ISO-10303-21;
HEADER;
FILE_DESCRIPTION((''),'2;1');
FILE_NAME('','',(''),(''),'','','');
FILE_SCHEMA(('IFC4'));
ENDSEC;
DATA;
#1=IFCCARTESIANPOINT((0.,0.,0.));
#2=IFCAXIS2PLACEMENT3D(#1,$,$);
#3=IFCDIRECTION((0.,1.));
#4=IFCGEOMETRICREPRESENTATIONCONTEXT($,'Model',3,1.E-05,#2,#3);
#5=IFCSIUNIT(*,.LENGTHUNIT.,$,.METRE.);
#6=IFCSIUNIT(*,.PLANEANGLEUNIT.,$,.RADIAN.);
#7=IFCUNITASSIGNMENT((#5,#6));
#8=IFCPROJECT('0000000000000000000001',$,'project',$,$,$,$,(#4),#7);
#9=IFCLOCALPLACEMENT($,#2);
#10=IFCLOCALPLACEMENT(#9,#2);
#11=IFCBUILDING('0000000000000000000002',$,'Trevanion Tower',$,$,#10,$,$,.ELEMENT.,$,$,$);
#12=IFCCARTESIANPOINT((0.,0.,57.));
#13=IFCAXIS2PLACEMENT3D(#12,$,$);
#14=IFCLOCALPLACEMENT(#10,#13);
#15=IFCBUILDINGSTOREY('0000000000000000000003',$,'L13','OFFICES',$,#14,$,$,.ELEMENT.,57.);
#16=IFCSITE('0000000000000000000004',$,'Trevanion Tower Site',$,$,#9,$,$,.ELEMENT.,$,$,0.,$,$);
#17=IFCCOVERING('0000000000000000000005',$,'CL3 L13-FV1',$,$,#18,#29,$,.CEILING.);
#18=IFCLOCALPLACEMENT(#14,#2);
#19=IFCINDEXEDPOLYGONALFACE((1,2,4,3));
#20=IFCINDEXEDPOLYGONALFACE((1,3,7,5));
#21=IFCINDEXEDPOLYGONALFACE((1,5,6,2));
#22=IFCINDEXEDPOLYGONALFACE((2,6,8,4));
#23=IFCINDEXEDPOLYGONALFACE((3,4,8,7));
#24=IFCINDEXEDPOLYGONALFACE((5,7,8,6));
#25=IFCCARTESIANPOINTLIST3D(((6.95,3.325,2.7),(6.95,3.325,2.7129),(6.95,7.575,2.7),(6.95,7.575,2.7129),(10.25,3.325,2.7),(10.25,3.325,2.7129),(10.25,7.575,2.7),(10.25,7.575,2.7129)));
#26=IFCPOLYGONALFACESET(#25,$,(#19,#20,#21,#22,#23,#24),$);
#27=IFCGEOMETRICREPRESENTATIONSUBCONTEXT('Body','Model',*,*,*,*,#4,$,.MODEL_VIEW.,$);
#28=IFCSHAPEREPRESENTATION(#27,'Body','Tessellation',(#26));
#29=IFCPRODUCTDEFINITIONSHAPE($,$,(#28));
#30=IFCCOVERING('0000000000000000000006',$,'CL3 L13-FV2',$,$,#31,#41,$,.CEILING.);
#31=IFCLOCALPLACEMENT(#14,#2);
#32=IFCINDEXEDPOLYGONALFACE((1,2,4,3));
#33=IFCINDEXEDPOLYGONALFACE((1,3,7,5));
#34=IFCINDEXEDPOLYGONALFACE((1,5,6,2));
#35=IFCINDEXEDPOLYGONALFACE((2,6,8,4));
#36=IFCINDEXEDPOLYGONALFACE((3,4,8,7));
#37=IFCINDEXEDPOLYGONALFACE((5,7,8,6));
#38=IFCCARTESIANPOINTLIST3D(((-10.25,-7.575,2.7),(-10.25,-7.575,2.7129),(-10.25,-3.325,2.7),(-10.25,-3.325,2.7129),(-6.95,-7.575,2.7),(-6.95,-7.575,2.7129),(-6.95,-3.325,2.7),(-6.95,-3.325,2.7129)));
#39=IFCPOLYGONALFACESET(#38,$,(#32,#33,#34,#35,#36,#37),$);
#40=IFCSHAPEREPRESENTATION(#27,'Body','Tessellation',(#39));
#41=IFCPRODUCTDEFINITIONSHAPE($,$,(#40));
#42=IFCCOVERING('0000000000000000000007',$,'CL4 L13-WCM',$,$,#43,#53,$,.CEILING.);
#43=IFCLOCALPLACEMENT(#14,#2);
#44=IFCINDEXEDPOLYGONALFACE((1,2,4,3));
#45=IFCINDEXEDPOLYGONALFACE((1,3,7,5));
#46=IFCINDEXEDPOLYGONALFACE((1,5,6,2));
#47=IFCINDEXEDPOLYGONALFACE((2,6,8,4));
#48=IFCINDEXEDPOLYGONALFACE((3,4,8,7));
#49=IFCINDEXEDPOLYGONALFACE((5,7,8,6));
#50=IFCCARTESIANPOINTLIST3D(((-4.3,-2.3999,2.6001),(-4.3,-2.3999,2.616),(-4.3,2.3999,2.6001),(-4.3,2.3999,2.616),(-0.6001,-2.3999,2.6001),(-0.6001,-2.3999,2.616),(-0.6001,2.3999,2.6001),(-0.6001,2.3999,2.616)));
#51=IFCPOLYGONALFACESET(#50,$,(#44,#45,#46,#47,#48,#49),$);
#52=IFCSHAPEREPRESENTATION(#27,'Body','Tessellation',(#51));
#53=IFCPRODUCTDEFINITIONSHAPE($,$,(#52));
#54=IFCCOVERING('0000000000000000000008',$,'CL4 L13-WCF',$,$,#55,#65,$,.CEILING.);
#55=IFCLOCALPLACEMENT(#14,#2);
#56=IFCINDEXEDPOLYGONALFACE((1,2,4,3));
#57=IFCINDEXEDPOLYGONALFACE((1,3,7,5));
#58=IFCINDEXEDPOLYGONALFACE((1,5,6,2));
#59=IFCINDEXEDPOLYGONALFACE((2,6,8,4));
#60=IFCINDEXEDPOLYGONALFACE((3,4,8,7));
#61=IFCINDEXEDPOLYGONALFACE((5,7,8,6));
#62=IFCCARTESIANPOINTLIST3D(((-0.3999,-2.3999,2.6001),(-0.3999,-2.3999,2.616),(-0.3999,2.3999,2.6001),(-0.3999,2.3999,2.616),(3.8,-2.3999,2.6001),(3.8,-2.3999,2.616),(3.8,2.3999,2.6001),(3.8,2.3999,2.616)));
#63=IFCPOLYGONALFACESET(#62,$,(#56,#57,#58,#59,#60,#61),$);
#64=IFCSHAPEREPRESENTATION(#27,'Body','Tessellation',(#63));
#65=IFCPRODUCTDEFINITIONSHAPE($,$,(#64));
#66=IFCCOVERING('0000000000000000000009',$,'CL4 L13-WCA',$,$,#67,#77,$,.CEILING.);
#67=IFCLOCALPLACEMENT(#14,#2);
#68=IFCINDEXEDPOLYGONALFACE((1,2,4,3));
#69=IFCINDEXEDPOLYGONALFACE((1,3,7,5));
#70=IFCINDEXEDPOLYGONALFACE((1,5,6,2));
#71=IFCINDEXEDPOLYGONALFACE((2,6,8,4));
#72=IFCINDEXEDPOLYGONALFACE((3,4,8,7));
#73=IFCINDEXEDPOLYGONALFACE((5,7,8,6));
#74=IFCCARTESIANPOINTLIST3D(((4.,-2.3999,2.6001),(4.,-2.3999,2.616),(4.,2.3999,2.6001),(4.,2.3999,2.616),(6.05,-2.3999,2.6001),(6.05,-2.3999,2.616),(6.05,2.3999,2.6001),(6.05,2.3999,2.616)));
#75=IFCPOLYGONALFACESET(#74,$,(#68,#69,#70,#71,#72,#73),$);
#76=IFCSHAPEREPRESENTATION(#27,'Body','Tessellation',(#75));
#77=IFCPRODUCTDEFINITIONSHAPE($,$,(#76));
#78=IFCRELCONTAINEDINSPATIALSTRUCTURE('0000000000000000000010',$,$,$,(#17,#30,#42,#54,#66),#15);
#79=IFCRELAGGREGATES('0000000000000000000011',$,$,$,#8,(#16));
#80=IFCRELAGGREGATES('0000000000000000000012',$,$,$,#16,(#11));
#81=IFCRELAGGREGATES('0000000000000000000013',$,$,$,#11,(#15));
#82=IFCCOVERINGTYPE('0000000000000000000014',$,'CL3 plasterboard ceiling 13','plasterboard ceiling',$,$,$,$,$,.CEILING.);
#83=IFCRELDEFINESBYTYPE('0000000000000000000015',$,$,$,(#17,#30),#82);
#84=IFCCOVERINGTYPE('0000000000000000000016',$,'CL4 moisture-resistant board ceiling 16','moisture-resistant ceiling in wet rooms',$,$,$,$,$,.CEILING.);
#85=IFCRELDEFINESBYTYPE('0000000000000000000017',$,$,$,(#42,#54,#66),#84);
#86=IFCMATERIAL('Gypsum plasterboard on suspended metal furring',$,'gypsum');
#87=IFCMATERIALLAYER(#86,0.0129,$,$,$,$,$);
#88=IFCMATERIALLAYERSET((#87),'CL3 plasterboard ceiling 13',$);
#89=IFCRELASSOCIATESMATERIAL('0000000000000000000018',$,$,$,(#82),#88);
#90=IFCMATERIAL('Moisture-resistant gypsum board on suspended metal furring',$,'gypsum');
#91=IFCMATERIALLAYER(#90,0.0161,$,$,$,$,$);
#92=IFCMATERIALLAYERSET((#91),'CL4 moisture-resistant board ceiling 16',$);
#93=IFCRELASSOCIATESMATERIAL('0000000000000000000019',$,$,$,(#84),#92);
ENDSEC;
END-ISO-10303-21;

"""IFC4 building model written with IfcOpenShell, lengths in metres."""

from ifc_helpers import new_model, si_unit, direction, frame, origin, place, context, subcontext, project, spatial, polyline, outline, extrude, material, layer, layer_set, type_object, element, save


model = new_model("IFC4")

# Units and contexts
model_context = context("Model", 3, precision=1e-05, world=origin(), true_north=direction((0.0, 1.0)))
body_context = subcontext(model_context, "Body", "Model", "MODEL_VIEW")
ifc_project = project(units=[si_unit("LENGTHUNIT", "METRE"), si_unit("PLANEANGLEUNIT", "RADIAN")], contexts=[model_context])

# Site, building, storey
site_placement = place(None, origin())
site = spatial("IfcSite", under=ifc_project, at=site_placement, Name="Trevanion Tower Site", CompositionType="ELEMENT", RefElevation=0.0)
building_placement = place(site_placement, origin())
building = spatial("IfcBuilding", under=site, at=building_placement, Name="Trevanion Tower", CompositionType="ELEMENT")
storey_placement = place(building_placement, frame((0.0, 0.0, 57.0)))
storey = spatial("IfcBuildingStorey", under=building, at=storey_placement, Name="L13", Description="OFFICES", CompositionType="ELEMENT", Elevation=57.0)

# Coverings
ifc_material_1 = material(Name="Gypsum plasterboard on suspended metal furring", Category="gypsum")
ifc_layer_1 = layer(ifc_material_1, 0.0129)
ifc_layer_set_1 = layer_set([ifc_layer_1], Name="CL3 plasterboard ceiling 13")
covering_type_1 = type_object("IfcCoveringType", Name="CL3 plasterboard ceiling 13", Description="plasterboard ceiling", PredefinedType="CEILING", material=ifc_layer_set_1)
covering_1_placement = place(storey_placement, frame((0.0, 0.0, 2.7)))
element("IfcCovering", 1, at=covering_1_placement, inside=storey, type_object=covering_type_1, Name="CL3 L13-FV1", PredefinedType="CEILING", context=body_context, shape_type="SweptSolid", body=[
    extrude(outline(polyline([(10.25, 3.325), (10.25, 7.575), (6.95, 7.575), (6.95, 3.325), (10.25, 3.325)])), origin(), (0.0, 0.0, 1.0), 0.0129),
])
covering_2_placement = place(storey_placement, frame((0.0, 0.0, 2.7)))
element("IfcCovering", 2, at=covering_2_placement, inside=storey, type_object=covering_type_1, Name="CL3 L13-FV2", PredefinedType="CEILING", context=body_context, shape_type="SweptSolid", body=[
    extrude(outline(polyline([(-10.25, -3.325), (-10.25, -7.575), (-6.95, -7.575), (-6.95, -3.325), (-10.25, -3.325)])), origin(), (0.0, 0.0, 1.0), 0.0129),
])
ifc_material_2 = material(Name="Moisture-resistant gypsum board on suspended metal furring", Category="gypsum")
ifc_layer_2 = layer(ifc_material_2, 0.0161)
ifc_layer_set_2 = layer_set([ifc_layer_2], Name="CL4 moisture-resistant board ceiling 16")
covering_type_2 = type_object("IfcCoveringType", Name="CL4 moisture-resistant board ceiling 16", Description="moisture-resistant ceiling in wet rooms", PredefinedType="CEILING", material=ifc_layer_set_2)
covering_3_placement = place(storey_placement, frame((0.0, 0.0, 2.6001)))
element("IfcCovering", 3, at=covering_3_placement, inside=storey, type_object=covering_type_2, Name="CL4 L13-WCM", PredefinedType="CEILING", context=body_context, shape_type="SweptSolid", body=[
    extrude(outline(polyline([(-0.6001, -2.3999), (-0.6001, 2.3999), (-4.3, 2.3999), (-4.3, -2.3999), (-0.6001, -2.3999)])), origin(), (0.0, 0.0, 1.0), 0.0159),
])
covering_4_placement = place(storey_placement, frame((0.0, 0.0, 2.6001)))
element("IfcCovering", 4, at=covering_4_placement, inside=storey, type_object=covering_type_2, Name="CL4 L13-WCF", PredefinedType="CEILING", context=body_context, shape_type="SweptSolid", body=[
    extrude(outline(polyline([(3.8, -2.3999), (3.8, 2.3999), (-0.3999, 2.3999), (-0.3999, -2.3999), (3.8, -2.3999)])), origin(), (0.0, 0.0, 1.0), 0.0159),
])
covering_5_placement = place(storey_placement, frame((0.0, 0.0, 2.6001)))
element("IfcCovering", 5, at=covering_5_placement, inside=storey, type_object=covering_type_2, Name="CL4 L13-WCA", PredefinedType="CEILING", context=body_context, shape_type="SweptSolid", body=[
    extrude(outline(polyline([(6.05, -2.3999), (6.05, 2.3999), (4.0, 2.3999), (4.0, -2.3999), (6.05, -2.3999)])), origin(), (0.0, 0.0, 1.0), 0.0159),
])

save(model, "model.ifc")
